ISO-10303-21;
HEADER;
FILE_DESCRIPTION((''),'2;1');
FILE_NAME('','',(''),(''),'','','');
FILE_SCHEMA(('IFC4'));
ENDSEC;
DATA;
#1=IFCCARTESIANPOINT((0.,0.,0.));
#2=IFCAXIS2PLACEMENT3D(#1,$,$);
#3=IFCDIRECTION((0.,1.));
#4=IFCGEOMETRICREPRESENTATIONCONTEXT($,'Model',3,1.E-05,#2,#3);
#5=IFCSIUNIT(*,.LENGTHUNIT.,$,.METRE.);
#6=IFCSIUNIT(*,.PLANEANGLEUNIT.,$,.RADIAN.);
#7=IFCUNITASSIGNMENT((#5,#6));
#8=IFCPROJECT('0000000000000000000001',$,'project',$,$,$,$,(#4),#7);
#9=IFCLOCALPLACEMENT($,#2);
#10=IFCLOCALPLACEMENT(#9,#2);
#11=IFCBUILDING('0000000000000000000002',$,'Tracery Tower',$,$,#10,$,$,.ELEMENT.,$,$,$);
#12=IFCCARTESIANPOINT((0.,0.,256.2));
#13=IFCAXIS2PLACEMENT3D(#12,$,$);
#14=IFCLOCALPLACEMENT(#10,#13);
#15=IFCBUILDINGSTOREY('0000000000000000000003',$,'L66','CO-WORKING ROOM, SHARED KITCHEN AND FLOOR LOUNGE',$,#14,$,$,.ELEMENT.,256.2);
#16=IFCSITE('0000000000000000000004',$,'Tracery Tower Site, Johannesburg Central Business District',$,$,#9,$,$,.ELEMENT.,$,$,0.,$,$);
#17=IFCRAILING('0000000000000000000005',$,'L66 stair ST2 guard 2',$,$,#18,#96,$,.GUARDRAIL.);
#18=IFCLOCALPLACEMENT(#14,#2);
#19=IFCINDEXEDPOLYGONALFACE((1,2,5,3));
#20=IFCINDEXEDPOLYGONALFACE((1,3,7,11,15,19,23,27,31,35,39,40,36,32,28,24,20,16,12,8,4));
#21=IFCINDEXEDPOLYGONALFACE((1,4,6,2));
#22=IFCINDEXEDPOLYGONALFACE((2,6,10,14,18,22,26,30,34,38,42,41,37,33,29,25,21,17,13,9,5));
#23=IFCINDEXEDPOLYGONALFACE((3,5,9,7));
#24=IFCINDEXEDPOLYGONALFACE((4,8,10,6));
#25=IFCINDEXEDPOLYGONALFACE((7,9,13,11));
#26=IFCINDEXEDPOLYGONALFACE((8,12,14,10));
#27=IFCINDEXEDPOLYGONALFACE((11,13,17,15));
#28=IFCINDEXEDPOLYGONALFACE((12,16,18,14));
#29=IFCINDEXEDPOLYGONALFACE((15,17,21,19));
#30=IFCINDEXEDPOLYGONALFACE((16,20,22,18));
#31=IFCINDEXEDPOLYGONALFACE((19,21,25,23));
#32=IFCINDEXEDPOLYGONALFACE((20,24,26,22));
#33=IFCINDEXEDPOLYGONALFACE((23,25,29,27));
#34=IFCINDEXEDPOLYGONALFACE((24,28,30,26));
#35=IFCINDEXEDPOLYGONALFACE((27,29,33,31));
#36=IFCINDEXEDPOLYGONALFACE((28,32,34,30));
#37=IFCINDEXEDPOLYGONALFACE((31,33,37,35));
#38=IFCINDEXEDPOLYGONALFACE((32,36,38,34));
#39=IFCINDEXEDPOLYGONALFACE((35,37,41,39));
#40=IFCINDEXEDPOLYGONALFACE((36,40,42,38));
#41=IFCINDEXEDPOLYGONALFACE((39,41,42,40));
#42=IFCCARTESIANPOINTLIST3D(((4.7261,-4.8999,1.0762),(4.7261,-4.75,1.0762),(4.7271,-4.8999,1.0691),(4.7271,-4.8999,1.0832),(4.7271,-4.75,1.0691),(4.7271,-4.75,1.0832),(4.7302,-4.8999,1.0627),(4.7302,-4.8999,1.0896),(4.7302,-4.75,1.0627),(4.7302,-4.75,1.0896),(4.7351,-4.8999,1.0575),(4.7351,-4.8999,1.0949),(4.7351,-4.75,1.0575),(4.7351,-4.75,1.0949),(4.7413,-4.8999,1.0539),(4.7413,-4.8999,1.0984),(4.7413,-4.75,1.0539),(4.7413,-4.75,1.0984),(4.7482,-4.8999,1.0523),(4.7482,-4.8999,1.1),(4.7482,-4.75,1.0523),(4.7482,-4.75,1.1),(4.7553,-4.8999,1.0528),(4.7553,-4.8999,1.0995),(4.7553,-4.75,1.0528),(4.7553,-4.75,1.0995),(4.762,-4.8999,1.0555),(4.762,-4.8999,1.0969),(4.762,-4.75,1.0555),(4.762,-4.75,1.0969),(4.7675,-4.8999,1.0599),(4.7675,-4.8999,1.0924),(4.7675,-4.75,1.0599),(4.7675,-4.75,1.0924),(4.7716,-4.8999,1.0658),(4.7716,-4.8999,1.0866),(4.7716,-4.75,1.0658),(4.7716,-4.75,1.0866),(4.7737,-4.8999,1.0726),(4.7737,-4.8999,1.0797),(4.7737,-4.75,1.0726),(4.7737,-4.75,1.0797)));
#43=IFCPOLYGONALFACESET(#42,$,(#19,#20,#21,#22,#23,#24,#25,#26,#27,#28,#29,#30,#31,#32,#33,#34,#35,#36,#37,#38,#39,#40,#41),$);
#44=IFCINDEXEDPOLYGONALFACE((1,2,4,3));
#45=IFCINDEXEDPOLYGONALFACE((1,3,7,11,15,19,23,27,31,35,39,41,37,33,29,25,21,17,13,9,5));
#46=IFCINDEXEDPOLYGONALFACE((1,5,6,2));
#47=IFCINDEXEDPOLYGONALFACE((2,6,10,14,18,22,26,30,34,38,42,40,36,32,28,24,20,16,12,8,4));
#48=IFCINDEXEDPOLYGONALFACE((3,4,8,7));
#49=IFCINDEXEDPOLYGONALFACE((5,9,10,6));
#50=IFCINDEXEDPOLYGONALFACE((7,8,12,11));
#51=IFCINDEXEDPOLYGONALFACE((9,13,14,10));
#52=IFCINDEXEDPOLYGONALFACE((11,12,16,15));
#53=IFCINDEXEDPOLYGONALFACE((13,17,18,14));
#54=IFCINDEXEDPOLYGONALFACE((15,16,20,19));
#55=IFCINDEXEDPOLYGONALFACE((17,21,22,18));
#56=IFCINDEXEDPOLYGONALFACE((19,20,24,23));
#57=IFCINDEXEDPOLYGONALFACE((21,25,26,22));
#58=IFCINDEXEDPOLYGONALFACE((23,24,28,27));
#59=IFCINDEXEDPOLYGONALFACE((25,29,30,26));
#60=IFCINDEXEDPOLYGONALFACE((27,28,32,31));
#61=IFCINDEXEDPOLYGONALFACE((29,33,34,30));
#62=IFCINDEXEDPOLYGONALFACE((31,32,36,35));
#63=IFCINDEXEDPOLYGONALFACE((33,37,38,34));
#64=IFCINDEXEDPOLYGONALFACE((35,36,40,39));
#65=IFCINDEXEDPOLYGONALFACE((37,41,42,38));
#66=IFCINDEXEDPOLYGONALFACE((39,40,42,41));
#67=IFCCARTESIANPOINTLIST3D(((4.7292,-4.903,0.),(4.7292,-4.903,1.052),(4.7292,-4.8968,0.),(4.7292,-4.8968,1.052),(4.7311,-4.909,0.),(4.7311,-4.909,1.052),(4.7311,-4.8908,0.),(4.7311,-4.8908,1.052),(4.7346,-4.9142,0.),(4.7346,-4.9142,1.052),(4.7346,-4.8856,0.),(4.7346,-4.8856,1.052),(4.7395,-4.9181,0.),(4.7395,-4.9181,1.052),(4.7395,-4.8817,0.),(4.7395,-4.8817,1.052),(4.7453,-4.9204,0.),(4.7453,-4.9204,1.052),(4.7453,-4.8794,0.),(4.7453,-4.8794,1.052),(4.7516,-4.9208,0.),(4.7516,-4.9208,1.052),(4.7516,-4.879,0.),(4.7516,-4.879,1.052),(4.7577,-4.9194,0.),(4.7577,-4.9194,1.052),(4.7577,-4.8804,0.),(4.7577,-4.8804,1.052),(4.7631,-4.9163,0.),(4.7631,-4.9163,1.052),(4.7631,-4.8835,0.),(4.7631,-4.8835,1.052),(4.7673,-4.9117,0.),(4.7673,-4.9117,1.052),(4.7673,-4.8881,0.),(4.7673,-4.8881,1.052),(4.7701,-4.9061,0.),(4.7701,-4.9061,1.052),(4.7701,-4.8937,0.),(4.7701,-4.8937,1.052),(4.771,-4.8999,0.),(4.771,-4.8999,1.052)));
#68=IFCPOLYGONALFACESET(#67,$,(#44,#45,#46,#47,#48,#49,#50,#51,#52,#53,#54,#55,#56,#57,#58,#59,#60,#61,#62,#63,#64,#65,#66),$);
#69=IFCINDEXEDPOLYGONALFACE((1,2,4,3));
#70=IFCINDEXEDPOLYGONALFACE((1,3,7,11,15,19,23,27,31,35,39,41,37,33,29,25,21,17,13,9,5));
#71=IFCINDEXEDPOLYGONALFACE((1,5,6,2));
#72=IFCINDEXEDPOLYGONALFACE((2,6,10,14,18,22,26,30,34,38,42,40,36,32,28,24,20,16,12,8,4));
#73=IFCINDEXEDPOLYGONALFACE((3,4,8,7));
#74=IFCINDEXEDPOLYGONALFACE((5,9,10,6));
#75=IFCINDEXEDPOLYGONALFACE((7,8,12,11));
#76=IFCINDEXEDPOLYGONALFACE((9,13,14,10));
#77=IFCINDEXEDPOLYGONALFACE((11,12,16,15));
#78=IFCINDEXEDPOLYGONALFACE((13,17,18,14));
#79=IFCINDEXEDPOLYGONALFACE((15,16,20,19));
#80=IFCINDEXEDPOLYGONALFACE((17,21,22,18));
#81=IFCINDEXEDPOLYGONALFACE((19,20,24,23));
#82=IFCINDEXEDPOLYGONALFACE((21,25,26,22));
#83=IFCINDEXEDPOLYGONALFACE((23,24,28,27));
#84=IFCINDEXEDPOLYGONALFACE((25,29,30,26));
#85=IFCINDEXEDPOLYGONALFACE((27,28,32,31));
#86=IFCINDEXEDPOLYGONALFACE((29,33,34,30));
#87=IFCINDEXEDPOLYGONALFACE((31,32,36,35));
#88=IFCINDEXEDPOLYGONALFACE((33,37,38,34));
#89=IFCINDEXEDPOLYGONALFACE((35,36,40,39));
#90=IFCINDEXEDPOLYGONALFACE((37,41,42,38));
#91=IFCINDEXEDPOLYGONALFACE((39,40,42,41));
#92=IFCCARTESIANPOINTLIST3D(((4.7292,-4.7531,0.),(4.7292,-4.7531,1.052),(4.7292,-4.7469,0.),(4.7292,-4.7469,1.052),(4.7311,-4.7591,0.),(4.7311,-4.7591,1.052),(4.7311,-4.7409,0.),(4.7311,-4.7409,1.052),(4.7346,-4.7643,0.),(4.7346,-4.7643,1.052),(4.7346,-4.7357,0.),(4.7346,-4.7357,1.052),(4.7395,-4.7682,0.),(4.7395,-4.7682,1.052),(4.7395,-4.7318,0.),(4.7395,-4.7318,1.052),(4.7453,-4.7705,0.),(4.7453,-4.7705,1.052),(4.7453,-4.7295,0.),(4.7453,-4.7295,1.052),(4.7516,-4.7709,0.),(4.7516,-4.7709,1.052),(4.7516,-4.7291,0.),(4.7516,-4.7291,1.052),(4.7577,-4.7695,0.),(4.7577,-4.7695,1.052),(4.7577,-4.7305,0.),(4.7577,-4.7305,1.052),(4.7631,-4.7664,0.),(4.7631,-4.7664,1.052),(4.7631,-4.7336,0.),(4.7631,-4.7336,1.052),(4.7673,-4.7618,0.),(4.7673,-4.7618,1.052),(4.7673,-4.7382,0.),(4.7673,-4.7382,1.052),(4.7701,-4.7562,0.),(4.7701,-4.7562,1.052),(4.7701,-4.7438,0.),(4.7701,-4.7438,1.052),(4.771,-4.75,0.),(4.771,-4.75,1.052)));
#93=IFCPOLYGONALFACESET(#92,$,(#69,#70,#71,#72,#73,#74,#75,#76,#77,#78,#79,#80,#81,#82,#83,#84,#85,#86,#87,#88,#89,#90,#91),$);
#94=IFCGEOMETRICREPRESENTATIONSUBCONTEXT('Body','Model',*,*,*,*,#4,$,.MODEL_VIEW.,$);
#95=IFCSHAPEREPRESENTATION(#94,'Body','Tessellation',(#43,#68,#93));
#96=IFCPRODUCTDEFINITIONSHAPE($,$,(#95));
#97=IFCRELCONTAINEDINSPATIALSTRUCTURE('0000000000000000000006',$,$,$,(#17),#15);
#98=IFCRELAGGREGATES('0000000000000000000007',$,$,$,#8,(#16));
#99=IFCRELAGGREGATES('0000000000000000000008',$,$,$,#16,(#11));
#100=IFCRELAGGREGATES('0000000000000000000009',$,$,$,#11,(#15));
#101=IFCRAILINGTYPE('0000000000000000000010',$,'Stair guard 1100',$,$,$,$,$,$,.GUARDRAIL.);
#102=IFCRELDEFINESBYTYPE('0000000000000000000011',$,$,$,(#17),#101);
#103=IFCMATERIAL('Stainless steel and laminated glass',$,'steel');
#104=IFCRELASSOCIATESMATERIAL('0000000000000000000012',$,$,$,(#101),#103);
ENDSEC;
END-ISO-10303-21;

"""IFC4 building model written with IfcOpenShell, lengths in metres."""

from ifc_helpers import new_model, si_unit, direction, frame, origin, origin_2d, place, context, subcontext, project, spatial, circle, extrude, material, type_object, element, save


model = new_model("IFC4")

# Units and contexts
model_context = context("Model", 3, precision=1e-05, world=origin(), true_north=direction((0.0, 1.0)))
body_context = subcontext(model_context, "Body", "Model", "MODEL_VIEW")
ifc_project = project(units=[si_unit("LENGTHUNIT", "METRE"), si_unit("PLANEANGLEUNIT", "RADIAN")], contexts=[model_context])

# Site, building, storey
site_placement = place(None, origin())
site = spatial("IfcSite", under=ifc_project, at=site_placement, Name="Tracery Tower Site, Johannesburg Central Business District", CompositionType="ELEMENT", RefElevation=0.0)
building_placement = place(site_placement, origin())
building = spatial("IfcBuilding", under=site, at=building_placement, Name="Tracery Tower", CompositionType="ELEMENT")
storey_placement = place(building_placement, frame((0.0, 0.0, 256.2)))
storey = spatial("IfcBuildingStorey", under=building, at=storey_placement, Name="L66", Description="CO-WORKING ROOM, SHARED KITCHEN AND FLOOR LOUNGE", CompositionType="ELEMENT", Elevation=256.2)

# Railing
ifc_material_1 = material(Name="Stainless steel and laminated glass", Category="steel")
railing_type_1 = type_object("IfcRailingType", Name="Stair guard 1100", PredefinedType="GUARDRAIL", material=ifc_material_1)
railing_1_placement = place(storey_placement, frame((4.75, -4.8999, 0.0)))
element("IfcRailing", 1, at=railing_1_placement, inside=storey, type_object=railing_type_1, Name="L66 stair ST2 guard 2", PredefinedType="GUARDRAIL", context=body_context, shape_type="SweptSolid", body=[
    extrude(circle(Radius=0.0239, at=origin_2d()), frame((0.0, 0.0, 1.0762), z_axis=(0.0, 1.0, 0.0), x_axis=(-1.0, 0.0, 0.0)), (0.0, 0.0, 1.0), 0.1499),
    extrude(circle(Radius=0.021, at=origin_2d()), origin(), (0.0, 0.0, 1.0), 1.052),
    extrude(circle(Radius=0.021, at=origin_2d()), frame((0.0, 0.1499, 0.0)), (0.0, 0.0, 1.0), 1.052),
])

save(model, "model.ifc")
